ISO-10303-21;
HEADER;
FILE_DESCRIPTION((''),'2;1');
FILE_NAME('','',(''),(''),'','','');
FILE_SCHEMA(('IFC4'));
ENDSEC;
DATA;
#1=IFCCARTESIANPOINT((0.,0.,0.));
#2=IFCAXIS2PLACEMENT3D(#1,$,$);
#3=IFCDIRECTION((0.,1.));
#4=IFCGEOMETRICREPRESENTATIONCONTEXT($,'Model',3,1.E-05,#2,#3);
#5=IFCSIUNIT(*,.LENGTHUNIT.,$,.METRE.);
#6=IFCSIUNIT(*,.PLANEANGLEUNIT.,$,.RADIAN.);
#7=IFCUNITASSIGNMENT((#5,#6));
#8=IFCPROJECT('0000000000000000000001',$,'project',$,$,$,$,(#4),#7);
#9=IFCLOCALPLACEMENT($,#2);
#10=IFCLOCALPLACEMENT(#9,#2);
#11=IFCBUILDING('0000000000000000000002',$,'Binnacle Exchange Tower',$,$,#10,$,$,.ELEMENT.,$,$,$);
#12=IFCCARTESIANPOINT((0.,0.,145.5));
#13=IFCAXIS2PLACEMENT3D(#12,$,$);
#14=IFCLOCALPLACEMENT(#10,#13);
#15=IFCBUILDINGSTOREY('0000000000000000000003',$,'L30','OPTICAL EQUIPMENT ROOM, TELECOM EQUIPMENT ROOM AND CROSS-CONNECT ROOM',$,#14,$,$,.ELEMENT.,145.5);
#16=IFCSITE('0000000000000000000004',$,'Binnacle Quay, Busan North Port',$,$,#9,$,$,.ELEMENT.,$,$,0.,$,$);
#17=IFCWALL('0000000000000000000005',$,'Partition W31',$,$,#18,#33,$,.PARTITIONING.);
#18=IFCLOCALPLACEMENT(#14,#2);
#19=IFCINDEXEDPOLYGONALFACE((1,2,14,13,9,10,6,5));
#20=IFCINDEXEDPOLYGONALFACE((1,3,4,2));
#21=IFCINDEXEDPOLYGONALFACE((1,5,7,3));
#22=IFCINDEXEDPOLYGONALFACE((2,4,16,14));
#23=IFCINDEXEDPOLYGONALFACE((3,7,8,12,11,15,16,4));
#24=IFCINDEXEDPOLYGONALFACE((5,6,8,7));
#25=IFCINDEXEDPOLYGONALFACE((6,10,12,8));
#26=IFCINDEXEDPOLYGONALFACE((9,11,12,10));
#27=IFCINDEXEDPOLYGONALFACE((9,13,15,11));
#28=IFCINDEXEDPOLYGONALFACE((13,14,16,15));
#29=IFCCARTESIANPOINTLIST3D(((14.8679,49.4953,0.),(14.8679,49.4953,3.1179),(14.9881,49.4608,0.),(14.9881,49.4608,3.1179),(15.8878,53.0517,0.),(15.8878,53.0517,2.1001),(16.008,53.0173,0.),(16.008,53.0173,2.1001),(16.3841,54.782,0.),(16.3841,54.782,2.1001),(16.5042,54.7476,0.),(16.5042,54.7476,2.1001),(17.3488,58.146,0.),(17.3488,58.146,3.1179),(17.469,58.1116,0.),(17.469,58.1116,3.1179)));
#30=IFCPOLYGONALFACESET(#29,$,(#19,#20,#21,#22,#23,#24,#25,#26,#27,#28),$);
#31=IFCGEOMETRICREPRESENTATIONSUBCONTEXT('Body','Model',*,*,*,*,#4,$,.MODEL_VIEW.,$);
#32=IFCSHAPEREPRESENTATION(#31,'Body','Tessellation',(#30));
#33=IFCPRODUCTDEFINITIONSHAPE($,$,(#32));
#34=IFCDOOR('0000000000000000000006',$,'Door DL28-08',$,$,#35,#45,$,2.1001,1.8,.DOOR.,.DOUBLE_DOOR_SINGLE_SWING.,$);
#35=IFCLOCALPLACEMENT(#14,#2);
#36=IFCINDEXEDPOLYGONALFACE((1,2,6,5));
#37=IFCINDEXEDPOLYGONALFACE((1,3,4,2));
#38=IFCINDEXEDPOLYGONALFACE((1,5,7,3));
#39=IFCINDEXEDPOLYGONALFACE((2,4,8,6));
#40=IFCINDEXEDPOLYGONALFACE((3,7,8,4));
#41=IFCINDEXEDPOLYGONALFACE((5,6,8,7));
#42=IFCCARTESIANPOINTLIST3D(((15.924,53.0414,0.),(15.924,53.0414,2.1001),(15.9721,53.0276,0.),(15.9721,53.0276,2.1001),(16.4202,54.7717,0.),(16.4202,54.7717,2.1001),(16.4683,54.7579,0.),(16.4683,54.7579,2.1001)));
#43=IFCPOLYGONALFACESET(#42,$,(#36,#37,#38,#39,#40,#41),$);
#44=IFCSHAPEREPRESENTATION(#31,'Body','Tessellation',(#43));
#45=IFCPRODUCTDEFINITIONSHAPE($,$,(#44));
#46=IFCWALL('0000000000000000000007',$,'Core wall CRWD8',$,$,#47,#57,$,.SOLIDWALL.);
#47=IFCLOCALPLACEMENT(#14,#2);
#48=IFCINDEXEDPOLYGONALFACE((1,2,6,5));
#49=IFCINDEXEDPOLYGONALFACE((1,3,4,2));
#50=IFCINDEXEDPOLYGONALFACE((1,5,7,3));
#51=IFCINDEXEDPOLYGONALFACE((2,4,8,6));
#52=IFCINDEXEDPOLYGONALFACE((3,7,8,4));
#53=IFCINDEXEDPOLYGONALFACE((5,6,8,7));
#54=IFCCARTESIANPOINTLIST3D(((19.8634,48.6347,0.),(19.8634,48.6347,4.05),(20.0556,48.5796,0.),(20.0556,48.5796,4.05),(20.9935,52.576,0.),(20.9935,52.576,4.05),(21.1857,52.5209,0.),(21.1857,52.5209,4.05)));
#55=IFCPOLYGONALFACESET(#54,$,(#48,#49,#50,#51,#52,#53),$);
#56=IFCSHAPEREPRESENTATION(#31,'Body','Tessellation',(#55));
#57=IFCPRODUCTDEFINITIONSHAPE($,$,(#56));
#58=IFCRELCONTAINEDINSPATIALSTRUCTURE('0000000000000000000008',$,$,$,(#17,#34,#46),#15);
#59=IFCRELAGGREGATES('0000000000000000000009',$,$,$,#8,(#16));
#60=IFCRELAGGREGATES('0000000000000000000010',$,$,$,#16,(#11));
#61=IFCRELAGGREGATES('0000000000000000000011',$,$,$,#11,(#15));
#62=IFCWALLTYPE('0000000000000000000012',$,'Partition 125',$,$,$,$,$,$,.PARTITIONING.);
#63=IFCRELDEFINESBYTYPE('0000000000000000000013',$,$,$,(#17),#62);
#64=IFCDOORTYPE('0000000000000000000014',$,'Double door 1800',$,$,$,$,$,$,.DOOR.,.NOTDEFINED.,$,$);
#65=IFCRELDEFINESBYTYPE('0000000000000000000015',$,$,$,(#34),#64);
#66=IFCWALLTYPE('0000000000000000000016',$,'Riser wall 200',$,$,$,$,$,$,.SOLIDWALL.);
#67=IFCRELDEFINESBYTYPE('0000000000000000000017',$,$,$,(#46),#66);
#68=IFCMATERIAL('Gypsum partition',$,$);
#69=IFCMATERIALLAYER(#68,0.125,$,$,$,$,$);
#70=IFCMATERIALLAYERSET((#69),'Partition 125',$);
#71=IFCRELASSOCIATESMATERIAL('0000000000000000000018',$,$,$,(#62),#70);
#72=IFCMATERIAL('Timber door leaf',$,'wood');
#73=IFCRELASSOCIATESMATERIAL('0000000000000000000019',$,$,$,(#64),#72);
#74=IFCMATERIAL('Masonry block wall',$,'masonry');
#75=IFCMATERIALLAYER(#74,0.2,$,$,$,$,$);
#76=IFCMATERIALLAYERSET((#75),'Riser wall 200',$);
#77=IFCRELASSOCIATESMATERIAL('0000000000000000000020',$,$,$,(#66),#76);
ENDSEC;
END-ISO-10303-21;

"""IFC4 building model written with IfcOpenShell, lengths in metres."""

from ifc_helpers import new_model, si_unit, direction, frame, frame_2d, origin, place, context, subcontext, project, spatial, rectangle, extrude, material, layer, layer_set, type_object, element, fill, save


model = new_model("IFC4")

# Units and contexts
model_context = context("Model", 3, precision=1e-05, world=origin(), true_north=direction((0.0, 1.0)))
body_context = subcontext(model_context, "Body", "Model", "MODEL_VIEW")
ifc_project = project(units=[si_unit("LENGTHUNIT", "METRE"), si_unit("PLANEANGLEUNIT", "RADIAN")], contexts=[model_context])

# Site, building, storey
site_placement = place(None, origin())
site = spatial("IfcSite", under=ifc_project, at=site_placement, Name="Binnacle Quay, Busan North Port", CompositionType="ELEMENT", RefElevation=0.0)
building_placement = place(site_placement, origin())
building = spatial("IfcBuilding", under=site, at=building_placement, Name="Binnacle Exchange Tower", CompositionType="ELEMENT")
storey_placement = place(building_placement, frame((0.0, 0.0, 145.5)))
storey = spatial("IfcBuildingStorey", under=building, at=storey_placement, Name="L30", Description="OPTICAL EQUIPMENT ROOM, TELECOM EQUIPMENT ROOM AND CROSS-CONNECT ROOM", CompositionType="ELEMENT", Elevation=145.5)

# Shared definitions
ifc_material_1 = material(Name="Masonry block wall", Category="masonry")

# Shared definitions
ifc_material_2 = material(Name="Gypsum partition")
ifc_layer_1 = layer(ifc_material_2, 0.125)
ifc_layer_set_1 = layer_set([ifc_layer_1], Name="Partition 125")
wall_type_1 = type_object("IfcWallType", Name="Partition 125", PredefinedType="PARTITIONING", material=ifc_layer_set_1)

# Wall, opening, door
wall_1_placement = place(storey_placement, frame((14.928, 49.478, 0.0), z_axis=(0.0, 0.0, 1.0), x_axis=(0.275674, 0.961251, 0.0)))
wall_1 = element("IfcWall", 1, at=wall_1_placement, inside=storey, type_object=wall_type_1, Name="Partition W31", PredefinedType="PARTITIONING", context=body_context, shape_type="SweptSolid", body=[
    extrude(rectangle(XDim=8.9995, YDim=0.125, at=frame_2d((4.4998, 0.0))), origin(), (0.0, 0.0, 1.0), 3.1179),
])
opening_1_placement = place(wall_1_placement, frame((3.7, 0.0, 0.0)))
opening_1 = element("IfcOpeningElement", 2, at=opening_1_placement, cuts=wall_1, PredefinedType="OPENING", context=body_context, shape_type="SweptSolid", body=[
    extrude(rectangle(XDim=1.8, YDim=2.1001, at=frame_2d((0.8999, 1.05))), frame((0.0, 0.0725, 0.0), z_axis=(0.0, -1.0, 0.0), x_axis=(1.0, 0.0, 0.0)), (0.0, 0.0, 1.0), 0.145),
])
ifc_material_3 = material(Name="Timber door leaf", Category="wood")
door_type_1 = type_object("IfcDoorType", Name="Double door 1800", OperationType="NOTDEFINED", PredefinedType="DOOR", material=ifc_material_3)
door_1_placement = place(opening_1_placement, origin())
door_1 = element("IfcDoor", 3, at=door_1_placement, inside=storey, type_object=door_type_1, Name="Door DL28-08", OperationType="DOUBLE_DOOR_SINGLE_SWING", OverallHeight=2.1001, OverallWidth=1.8, PredefinedType="DOOR", context=body_context, shape_type="SweptSolid", body=[
    extrude(rectangle(XDim=1.8, YDim=2.1001, at=frame_2d((0.8999, 1.05))), frame((0.0, 0.0249, 0.0), z_axis=(0.0, -1.0, 0.0), x_axis=(1.0, 0.0, 0.0)), (0.0, 0.0, 1.0), 0.05),
])
fill(opening_1, door_1)

# Wall
ifc_layer_2 = layer(ifc_material_1, 0.2)
ifc_layer_set_2 = layer_set([ifc_layer_2], Name="Riser wall 200")
wall_type_2 = type_object("IfcWallType", Name="Riser wall 200", PredefinedType="SOLIDWALL", material=ifc_layer_set_2)
wall_2_placement = place(storey_placement, frame((19.9595, 48.6072, 0.0), z_axis=(0.0, 0.0, 1.0), x_axis=(0.275641, 0.961261, 0.0)))
element("IfcWall", 4, at=wall_2_placement, inside=storey, type_object=wall_type_2, Name="Core wall CRWD8", PredefinedType="SOLIDWALL", context=body_context, shape_type="SweptSolid", body=[
    extrude(rectangle(XDim=4.1001, YDim=0.2, at=frame_2d((2.05, 0.0))), origin(), (0.0, 0.0, 1.0), 4.05),
])

save(model, "model.ifc")
